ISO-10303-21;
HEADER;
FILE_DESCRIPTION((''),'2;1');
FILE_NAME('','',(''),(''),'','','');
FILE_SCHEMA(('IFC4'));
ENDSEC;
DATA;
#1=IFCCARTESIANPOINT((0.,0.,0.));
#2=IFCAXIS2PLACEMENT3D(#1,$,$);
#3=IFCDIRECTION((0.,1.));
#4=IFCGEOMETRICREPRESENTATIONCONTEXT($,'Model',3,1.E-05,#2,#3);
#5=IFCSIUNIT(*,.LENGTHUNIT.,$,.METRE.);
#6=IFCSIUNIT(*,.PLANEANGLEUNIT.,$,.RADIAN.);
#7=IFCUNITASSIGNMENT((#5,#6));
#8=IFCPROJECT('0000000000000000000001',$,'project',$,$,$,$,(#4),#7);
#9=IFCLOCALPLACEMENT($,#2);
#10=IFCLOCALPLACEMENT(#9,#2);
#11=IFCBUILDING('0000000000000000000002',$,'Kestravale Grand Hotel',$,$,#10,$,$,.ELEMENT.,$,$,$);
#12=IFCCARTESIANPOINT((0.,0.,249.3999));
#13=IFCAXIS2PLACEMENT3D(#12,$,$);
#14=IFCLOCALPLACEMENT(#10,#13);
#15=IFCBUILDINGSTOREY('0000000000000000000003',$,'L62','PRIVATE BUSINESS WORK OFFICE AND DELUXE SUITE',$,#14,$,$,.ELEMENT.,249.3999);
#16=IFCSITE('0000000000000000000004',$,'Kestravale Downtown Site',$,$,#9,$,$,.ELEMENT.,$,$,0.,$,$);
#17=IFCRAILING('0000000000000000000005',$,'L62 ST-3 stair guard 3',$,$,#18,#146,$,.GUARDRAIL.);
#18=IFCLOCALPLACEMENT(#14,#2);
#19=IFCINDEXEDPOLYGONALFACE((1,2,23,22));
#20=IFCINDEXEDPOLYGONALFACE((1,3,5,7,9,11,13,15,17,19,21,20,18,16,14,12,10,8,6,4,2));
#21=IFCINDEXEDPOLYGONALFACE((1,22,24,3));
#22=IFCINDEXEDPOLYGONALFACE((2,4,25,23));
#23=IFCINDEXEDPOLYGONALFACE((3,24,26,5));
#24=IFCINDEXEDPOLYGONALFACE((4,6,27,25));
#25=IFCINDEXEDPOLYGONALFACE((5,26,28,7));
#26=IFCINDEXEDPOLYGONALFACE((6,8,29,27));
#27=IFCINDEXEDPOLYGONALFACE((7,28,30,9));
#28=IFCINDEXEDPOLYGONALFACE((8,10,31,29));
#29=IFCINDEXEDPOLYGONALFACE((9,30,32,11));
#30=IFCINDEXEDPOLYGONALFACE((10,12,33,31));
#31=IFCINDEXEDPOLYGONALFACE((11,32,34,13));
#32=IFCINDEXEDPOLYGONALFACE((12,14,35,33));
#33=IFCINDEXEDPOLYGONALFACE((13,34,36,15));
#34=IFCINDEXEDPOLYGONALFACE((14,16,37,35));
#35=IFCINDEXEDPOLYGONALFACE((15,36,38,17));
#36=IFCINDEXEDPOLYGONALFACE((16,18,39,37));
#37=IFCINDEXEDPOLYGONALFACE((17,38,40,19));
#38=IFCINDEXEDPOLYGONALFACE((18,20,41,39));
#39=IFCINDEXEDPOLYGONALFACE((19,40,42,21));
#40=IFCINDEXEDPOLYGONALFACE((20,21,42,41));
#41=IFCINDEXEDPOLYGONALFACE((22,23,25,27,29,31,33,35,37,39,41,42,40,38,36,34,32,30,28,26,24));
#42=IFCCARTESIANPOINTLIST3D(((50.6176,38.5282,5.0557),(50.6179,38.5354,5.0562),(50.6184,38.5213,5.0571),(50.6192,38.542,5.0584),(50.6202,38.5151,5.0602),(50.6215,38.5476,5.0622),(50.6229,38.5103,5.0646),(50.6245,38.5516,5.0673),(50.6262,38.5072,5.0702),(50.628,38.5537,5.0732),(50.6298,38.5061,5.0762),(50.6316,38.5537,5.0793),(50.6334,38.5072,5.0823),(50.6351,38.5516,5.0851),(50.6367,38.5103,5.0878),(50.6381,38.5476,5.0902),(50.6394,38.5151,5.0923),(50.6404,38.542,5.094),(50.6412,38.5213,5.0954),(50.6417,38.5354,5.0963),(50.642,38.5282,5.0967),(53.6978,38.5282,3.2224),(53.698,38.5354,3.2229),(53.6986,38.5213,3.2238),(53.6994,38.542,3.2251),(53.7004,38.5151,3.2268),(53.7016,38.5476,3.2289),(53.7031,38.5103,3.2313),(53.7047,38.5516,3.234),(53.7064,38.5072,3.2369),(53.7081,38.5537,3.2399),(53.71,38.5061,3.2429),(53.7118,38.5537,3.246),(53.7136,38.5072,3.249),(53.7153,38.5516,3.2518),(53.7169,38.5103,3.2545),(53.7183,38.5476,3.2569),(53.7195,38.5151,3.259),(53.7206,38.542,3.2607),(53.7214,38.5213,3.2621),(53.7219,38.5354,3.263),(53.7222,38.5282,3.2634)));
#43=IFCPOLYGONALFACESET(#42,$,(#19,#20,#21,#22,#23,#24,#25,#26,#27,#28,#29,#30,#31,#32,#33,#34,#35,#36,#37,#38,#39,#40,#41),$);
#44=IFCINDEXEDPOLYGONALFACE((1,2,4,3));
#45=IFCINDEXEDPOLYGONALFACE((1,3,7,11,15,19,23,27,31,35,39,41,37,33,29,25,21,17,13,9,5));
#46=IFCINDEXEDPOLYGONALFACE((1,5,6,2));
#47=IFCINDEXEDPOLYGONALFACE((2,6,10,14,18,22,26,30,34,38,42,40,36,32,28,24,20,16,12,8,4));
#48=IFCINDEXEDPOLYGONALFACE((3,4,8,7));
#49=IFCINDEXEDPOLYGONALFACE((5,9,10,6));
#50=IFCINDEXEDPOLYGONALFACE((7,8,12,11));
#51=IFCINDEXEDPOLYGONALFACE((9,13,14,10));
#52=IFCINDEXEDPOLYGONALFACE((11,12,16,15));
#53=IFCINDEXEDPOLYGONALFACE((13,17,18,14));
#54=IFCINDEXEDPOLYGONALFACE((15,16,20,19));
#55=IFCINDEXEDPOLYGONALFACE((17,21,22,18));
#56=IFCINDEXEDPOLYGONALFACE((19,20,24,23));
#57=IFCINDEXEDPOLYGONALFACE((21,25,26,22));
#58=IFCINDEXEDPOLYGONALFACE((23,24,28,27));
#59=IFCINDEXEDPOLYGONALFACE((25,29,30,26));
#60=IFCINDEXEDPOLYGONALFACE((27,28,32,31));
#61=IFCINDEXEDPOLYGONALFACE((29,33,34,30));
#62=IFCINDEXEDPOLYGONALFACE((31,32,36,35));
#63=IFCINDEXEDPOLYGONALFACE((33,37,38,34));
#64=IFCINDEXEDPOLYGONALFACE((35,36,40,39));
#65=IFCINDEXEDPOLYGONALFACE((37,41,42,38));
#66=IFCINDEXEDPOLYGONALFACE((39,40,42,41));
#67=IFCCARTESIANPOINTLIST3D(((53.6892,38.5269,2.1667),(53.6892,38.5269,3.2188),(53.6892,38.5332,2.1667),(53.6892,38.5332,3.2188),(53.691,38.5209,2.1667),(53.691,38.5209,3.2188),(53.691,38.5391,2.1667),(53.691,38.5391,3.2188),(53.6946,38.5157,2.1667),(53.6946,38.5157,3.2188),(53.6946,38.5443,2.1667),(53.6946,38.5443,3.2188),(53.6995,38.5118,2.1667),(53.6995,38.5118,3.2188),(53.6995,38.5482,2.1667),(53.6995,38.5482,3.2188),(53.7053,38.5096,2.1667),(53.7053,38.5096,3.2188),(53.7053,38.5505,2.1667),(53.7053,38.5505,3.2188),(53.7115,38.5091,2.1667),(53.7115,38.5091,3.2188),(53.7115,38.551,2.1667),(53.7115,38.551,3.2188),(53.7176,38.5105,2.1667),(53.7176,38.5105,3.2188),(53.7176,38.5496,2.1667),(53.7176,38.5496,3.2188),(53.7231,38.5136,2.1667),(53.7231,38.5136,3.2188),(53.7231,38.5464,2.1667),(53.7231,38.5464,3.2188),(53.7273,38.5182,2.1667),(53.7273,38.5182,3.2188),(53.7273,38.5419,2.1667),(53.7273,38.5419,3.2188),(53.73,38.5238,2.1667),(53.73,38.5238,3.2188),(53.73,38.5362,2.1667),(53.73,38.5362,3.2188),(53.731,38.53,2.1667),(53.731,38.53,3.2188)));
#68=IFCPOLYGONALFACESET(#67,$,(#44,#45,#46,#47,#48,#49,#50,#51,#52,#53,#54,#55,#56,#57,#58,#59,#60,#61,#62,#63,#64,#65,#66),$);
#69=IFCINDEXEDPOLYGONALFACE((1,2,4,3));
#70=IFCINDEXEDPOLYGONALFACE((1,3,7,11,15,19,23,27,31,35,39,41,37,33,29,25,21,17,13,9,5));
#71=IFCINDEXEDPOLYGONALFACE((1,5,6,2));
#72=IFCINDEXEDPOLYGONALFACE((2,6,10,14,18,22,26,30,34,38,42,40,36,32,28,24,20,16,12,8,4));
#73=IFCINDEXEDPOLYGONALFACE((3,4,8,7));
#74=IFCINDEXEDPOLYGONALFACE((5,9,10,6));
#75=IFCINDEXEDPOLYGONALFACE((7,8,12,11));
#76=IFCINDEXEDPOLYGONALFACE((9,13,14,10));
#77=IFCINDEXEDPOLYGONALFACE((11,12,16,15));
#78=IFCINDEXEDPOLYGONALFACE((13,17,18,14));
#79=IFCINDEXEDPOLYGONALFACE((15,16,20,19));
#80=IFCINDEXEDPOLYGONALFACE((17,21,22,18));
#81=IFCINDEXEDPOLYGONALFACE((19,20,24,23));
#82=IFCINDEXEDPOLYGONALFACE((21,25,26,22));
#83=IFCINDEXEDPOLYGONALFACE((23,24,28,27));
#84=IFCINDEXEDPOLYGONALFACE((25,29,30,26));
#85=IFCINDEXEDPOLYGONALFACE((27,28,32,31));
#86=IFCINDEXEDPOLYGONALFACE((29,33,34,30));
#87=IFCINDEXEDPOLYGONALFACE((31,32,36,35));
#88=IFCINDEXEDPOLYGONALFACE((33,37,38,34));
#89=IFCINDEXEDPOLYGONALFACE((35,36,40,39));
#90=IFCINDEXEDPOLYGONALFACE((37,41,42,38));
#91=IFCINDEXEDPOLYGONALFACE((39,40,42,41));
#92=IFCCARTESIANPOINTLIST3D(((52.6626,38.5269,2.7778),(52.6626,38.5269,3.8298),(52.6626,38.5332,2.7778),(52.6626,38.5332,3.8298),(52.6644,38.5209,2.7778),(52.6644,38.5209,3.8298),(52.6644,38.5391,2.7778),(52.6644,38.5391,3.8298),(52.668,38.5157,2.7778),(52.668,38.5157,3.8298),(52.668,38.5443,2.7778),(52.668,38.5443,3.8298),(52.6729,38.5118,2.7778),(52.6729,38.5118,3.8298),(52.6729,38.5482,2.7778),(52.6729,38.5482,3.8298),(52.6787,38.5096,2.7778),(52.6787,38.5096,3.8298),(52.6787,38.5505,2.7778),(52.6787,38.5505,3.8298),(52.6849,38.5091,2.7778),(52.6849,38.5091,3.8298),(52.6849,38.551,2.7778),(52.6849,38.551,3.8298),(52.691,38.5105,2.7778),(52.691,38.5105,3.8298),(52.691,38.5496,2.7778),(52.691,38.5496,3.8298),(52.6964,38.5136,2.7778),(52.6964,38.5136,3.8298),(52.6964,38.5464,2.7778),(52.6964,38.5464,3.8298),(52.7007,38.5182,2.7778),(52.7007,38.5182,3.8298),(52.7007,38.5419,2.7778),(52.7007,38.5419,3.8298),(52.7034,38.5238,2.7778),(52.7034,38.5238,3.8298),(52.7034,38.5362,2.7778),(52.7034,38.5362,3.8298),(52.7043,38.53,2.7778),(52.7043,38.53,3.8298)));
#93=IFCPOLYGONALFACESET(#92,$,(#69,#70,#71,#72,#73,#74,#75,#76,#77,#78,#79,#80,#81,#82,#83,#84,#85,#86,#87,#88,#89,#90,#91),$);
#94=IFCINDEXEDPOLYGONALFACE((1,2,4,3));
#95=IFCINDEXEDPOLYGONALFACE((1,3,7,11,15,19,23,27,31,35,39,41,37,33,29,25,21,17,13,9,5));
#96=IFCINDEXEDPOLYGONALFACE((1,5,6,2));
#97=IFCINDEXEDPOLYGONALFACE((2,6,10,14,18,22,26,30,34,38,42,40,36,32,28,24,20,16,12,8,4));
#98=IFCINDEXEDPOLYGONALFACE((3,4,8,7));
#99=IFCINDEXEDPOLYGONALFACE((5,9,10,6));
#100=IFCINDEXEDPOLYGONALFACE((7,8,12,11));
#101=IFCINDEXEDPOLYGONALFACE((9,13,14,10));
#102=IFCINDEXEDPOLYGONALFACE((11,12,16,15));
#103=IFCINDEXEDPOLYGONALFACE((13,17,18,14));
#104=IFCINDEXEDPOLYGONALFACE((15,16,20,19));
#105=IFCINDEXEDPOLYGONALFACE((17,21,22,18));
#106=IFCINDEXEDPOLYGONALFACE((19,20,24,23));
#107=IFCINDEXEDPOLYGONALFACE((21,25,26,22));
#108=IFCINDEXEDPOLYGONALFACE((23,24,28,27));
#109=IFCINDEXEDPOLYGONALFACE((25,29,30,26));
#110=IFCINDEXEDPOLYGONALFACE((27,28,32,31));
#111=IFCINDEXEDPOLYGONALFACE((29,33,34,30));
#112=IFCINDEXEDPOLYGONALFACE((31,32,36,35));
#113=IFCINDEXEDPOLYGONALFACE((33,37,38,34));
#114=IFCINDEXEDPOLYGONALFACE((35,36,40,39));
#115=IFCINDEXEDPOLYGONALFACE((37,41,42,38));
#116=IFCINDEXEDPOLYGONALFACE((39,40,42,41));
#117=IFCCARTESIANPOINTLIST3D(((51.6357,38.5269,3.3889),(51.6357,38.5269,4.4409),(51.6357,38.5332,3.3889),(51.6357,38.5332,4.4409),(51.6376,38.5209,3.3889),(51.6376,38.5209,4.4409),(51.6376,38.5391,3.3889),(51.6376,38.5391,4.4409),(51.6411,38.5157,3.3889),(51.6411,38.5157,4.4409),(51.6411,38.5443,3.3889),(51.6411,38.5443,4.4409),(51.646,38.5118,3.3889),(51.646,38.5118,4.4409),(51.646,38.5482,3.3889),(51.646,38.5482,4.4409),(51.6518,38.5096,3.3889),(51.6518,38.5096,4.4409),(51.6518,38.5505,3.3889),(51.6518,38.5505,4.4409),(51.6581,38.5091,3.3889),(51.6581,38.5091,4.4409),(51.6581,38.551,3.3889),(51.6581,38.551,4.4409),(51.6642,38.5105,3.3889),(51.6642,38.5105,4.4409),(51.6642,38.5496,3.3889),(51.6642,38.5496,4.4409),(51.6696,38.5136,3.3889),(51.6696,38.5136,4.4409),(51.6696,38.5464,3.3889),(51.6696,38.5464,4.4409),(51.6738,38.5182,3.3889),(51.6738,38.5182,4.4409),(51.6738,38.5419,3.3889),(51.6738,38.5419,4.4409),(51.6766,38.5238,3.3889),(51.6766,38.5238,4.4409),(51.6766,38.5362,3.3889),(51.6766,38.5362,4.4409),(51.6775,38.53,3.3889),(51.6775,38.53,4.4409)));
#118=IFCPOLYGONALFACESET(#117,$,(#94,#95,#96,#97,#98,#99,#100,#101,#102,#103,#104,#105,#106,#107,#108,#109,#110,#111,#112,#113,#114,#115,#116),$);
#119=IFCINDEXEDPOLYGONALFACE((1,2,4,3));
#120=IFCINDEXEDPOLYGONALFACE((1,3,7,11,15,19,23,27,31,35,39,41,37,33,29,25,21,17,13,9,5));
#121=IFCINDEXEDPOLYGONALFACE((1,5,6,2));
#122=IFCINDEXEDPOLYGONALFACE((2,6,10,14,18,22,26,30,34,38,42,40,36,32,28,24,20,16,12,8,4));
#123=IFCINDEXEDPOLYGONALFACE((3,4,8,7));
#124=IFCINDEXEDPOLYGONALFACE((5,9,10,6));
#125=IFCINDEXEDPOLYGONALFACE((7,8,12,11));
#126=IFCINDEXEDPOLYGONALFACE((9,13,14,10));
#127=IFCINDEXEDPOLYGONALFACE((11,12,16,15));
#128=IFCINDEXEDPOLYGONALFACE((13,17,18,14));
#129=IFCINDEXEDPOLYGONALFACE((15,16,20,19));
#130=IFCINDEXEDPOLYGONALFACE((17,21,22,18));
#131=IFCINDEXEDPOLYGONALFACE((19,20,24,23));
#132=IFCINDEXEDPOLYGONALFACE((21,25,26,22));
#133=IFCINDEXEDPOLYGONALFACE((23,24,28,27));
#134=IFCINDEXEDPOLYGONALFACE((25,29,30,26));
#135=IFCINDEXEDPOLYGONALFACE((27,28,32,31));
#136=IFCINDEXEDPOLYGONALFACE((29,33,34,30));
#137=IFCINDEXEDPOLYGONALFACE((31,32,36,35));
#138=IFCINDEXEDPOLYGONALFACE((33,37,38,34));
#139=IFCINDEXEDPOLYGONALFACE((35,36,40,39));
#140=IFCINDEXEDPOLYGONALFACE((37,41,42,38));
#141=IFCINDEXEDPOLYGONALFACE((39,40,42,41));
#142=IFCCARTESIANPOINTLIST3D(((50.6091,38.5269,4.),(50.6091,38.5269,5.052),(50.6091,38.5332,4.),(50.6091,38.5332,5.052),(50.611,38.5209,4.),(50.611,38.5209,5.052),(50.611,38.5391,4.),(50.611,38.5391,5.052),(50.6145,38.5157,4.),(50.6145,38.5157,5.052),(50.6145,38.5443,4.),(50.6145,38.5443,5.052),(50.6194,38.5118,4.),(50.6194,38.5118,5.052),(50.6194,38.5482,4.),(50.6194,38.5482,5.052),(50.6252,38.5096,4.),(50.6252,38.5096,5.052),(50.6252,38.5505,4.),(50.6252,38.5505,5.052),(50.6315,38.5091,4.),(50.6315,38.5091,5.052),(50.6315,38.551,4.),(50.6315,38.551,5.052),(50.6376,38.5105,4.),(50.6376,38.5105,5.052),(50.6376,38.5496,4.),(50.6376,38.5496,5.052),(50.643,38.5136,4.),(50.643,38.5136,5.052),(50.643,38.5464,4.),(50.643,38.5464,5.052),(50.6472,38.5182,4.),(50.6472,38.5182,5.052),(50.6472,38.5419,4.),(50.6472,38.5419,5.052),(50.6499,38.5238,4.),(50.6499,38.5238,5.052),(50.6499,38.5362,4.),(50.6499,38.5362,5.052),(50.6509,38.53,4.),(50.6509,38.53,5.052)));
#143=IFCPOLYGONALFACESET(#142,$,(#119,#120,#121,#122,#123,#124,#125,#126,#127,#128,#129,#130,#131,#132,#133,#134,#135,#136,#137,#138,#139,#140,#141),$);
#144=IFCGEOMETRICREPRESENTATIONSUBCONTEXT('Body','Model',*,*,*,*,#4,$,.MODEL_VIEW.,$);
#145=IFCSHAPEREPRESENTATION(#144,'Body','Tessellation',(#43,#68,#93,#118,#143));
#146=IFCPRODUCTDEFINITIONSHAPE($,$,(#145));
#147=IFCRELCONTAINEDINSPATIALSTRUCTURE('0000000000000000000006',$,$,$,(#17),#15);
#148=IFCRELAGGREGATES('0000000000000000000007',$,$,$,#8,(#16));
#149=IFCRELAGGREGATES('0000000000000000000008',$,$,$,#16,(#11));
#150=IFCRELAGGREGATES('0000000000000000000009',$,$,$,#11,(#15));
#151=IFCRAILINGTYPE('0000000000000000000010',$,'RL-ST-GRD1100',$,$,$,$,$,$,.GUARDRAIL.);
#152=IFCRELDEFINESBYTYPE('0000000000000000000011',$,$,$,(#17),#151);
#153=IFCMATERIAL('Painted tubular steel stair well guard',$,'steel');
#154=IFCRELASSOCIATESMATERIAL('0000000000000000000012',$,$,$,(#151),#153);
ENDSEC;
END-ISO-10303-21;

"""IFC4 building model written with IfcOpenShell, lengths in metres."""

from ifc_helpers import new_model, si_unit, direction, frame, origin, origin_2d, place, context, subcontext, project, spatial, circle, extrude, material, type_object, element, save


model = new_model("IFC4")

# Units and contexts
model_context = context("Model", 3, precision=1e-05, world=origin(), true_north=direction((0.0, 1.0)))
body_context = subcontext(model_context, "Body", "Model", "MODEL_VIEW")
ifc_project = project(units=[si_unit("LENGTHUNIT", "METRE"), si_unit("PLANEANGLEUNIT", "RADIAN")], contexts=[model_context])

# Site, building, storey
site_placement = place(None, origin())
site = spatial("IfcSite", under=ifc_project, at=site_placement, Name="Kestravale Downtown Site", CompositionType="ELEMENT", RefElevation=0.0)
building_placement = place(site_placement, origin())
building = spatial("IfcBuilding", under=site, at=building_placement, Name="Kestravale Grand Hotel", CompositionType="ELEMENT")
storey_placement = place(building_placement, frame((0.0, 0.0, 249.3999)))
storey = spatial("IfcBuildingStorey", under=building, at=storey_placement, Name="L62", Description="PRIVATE BUSINESS WORK OFFICE AND DELUXE SUITE", CompositionType="ELEMENT", Elevation=249.3999)

# Railing
ifc_material_1 = material(Name="Painted tubular steel stair well guard", Category="steel")
railing_type_1 = type_object("IfcRailingType", Name="RL-ST-GRD1100", PredefinedType="GUARDRAIL", material=ifc_material_1)
railing_1_placement = place(storey_placement, frame((53.71, 38.53, 2.1667)))
element("IfcRailing", 1, at=railing_1_placement, inside=storey, type_object=railing_type_1, Name="L62 ST-3 stair guard 3", PredefinedType="GUARDRAIL", context=body_context, shape_type="SweptSolid", body=[
    extrude(circle(Radius=0.0239, at=origin_2d()), frame((0.0, 0.0, 1.0762), z_axis=(-0.859309, 0.0, 0.511458), x_axis=(0.0, -1.0, 0.0)), (0.0, 0.0, 1.0), 3.5845),
    extrude(circle(Radius=0.021, at=origin_2d()), origin(), (0.0, 0.0, 1.0), 1.052),
    extrude(circle(Radius=0.021, at=origin_2d()), frame((-1.0266, 0.0, 0.6111)), (0.0, 0.0, 1.0), 1.052),
    extrude(circle(Radius=0.021, at=origin_2d()), frame((-2.0535, 0.0, 1.2222)), (0.0, 0.0, 1.0), 1.052),
    extrude(circle(Radius=0.021, at=origin_2d()), frame((-3.0801, 0.0, 1.8333)), (0.0, 0.0, 1.0), 1.052),
])

save(model, "model.ifc")
